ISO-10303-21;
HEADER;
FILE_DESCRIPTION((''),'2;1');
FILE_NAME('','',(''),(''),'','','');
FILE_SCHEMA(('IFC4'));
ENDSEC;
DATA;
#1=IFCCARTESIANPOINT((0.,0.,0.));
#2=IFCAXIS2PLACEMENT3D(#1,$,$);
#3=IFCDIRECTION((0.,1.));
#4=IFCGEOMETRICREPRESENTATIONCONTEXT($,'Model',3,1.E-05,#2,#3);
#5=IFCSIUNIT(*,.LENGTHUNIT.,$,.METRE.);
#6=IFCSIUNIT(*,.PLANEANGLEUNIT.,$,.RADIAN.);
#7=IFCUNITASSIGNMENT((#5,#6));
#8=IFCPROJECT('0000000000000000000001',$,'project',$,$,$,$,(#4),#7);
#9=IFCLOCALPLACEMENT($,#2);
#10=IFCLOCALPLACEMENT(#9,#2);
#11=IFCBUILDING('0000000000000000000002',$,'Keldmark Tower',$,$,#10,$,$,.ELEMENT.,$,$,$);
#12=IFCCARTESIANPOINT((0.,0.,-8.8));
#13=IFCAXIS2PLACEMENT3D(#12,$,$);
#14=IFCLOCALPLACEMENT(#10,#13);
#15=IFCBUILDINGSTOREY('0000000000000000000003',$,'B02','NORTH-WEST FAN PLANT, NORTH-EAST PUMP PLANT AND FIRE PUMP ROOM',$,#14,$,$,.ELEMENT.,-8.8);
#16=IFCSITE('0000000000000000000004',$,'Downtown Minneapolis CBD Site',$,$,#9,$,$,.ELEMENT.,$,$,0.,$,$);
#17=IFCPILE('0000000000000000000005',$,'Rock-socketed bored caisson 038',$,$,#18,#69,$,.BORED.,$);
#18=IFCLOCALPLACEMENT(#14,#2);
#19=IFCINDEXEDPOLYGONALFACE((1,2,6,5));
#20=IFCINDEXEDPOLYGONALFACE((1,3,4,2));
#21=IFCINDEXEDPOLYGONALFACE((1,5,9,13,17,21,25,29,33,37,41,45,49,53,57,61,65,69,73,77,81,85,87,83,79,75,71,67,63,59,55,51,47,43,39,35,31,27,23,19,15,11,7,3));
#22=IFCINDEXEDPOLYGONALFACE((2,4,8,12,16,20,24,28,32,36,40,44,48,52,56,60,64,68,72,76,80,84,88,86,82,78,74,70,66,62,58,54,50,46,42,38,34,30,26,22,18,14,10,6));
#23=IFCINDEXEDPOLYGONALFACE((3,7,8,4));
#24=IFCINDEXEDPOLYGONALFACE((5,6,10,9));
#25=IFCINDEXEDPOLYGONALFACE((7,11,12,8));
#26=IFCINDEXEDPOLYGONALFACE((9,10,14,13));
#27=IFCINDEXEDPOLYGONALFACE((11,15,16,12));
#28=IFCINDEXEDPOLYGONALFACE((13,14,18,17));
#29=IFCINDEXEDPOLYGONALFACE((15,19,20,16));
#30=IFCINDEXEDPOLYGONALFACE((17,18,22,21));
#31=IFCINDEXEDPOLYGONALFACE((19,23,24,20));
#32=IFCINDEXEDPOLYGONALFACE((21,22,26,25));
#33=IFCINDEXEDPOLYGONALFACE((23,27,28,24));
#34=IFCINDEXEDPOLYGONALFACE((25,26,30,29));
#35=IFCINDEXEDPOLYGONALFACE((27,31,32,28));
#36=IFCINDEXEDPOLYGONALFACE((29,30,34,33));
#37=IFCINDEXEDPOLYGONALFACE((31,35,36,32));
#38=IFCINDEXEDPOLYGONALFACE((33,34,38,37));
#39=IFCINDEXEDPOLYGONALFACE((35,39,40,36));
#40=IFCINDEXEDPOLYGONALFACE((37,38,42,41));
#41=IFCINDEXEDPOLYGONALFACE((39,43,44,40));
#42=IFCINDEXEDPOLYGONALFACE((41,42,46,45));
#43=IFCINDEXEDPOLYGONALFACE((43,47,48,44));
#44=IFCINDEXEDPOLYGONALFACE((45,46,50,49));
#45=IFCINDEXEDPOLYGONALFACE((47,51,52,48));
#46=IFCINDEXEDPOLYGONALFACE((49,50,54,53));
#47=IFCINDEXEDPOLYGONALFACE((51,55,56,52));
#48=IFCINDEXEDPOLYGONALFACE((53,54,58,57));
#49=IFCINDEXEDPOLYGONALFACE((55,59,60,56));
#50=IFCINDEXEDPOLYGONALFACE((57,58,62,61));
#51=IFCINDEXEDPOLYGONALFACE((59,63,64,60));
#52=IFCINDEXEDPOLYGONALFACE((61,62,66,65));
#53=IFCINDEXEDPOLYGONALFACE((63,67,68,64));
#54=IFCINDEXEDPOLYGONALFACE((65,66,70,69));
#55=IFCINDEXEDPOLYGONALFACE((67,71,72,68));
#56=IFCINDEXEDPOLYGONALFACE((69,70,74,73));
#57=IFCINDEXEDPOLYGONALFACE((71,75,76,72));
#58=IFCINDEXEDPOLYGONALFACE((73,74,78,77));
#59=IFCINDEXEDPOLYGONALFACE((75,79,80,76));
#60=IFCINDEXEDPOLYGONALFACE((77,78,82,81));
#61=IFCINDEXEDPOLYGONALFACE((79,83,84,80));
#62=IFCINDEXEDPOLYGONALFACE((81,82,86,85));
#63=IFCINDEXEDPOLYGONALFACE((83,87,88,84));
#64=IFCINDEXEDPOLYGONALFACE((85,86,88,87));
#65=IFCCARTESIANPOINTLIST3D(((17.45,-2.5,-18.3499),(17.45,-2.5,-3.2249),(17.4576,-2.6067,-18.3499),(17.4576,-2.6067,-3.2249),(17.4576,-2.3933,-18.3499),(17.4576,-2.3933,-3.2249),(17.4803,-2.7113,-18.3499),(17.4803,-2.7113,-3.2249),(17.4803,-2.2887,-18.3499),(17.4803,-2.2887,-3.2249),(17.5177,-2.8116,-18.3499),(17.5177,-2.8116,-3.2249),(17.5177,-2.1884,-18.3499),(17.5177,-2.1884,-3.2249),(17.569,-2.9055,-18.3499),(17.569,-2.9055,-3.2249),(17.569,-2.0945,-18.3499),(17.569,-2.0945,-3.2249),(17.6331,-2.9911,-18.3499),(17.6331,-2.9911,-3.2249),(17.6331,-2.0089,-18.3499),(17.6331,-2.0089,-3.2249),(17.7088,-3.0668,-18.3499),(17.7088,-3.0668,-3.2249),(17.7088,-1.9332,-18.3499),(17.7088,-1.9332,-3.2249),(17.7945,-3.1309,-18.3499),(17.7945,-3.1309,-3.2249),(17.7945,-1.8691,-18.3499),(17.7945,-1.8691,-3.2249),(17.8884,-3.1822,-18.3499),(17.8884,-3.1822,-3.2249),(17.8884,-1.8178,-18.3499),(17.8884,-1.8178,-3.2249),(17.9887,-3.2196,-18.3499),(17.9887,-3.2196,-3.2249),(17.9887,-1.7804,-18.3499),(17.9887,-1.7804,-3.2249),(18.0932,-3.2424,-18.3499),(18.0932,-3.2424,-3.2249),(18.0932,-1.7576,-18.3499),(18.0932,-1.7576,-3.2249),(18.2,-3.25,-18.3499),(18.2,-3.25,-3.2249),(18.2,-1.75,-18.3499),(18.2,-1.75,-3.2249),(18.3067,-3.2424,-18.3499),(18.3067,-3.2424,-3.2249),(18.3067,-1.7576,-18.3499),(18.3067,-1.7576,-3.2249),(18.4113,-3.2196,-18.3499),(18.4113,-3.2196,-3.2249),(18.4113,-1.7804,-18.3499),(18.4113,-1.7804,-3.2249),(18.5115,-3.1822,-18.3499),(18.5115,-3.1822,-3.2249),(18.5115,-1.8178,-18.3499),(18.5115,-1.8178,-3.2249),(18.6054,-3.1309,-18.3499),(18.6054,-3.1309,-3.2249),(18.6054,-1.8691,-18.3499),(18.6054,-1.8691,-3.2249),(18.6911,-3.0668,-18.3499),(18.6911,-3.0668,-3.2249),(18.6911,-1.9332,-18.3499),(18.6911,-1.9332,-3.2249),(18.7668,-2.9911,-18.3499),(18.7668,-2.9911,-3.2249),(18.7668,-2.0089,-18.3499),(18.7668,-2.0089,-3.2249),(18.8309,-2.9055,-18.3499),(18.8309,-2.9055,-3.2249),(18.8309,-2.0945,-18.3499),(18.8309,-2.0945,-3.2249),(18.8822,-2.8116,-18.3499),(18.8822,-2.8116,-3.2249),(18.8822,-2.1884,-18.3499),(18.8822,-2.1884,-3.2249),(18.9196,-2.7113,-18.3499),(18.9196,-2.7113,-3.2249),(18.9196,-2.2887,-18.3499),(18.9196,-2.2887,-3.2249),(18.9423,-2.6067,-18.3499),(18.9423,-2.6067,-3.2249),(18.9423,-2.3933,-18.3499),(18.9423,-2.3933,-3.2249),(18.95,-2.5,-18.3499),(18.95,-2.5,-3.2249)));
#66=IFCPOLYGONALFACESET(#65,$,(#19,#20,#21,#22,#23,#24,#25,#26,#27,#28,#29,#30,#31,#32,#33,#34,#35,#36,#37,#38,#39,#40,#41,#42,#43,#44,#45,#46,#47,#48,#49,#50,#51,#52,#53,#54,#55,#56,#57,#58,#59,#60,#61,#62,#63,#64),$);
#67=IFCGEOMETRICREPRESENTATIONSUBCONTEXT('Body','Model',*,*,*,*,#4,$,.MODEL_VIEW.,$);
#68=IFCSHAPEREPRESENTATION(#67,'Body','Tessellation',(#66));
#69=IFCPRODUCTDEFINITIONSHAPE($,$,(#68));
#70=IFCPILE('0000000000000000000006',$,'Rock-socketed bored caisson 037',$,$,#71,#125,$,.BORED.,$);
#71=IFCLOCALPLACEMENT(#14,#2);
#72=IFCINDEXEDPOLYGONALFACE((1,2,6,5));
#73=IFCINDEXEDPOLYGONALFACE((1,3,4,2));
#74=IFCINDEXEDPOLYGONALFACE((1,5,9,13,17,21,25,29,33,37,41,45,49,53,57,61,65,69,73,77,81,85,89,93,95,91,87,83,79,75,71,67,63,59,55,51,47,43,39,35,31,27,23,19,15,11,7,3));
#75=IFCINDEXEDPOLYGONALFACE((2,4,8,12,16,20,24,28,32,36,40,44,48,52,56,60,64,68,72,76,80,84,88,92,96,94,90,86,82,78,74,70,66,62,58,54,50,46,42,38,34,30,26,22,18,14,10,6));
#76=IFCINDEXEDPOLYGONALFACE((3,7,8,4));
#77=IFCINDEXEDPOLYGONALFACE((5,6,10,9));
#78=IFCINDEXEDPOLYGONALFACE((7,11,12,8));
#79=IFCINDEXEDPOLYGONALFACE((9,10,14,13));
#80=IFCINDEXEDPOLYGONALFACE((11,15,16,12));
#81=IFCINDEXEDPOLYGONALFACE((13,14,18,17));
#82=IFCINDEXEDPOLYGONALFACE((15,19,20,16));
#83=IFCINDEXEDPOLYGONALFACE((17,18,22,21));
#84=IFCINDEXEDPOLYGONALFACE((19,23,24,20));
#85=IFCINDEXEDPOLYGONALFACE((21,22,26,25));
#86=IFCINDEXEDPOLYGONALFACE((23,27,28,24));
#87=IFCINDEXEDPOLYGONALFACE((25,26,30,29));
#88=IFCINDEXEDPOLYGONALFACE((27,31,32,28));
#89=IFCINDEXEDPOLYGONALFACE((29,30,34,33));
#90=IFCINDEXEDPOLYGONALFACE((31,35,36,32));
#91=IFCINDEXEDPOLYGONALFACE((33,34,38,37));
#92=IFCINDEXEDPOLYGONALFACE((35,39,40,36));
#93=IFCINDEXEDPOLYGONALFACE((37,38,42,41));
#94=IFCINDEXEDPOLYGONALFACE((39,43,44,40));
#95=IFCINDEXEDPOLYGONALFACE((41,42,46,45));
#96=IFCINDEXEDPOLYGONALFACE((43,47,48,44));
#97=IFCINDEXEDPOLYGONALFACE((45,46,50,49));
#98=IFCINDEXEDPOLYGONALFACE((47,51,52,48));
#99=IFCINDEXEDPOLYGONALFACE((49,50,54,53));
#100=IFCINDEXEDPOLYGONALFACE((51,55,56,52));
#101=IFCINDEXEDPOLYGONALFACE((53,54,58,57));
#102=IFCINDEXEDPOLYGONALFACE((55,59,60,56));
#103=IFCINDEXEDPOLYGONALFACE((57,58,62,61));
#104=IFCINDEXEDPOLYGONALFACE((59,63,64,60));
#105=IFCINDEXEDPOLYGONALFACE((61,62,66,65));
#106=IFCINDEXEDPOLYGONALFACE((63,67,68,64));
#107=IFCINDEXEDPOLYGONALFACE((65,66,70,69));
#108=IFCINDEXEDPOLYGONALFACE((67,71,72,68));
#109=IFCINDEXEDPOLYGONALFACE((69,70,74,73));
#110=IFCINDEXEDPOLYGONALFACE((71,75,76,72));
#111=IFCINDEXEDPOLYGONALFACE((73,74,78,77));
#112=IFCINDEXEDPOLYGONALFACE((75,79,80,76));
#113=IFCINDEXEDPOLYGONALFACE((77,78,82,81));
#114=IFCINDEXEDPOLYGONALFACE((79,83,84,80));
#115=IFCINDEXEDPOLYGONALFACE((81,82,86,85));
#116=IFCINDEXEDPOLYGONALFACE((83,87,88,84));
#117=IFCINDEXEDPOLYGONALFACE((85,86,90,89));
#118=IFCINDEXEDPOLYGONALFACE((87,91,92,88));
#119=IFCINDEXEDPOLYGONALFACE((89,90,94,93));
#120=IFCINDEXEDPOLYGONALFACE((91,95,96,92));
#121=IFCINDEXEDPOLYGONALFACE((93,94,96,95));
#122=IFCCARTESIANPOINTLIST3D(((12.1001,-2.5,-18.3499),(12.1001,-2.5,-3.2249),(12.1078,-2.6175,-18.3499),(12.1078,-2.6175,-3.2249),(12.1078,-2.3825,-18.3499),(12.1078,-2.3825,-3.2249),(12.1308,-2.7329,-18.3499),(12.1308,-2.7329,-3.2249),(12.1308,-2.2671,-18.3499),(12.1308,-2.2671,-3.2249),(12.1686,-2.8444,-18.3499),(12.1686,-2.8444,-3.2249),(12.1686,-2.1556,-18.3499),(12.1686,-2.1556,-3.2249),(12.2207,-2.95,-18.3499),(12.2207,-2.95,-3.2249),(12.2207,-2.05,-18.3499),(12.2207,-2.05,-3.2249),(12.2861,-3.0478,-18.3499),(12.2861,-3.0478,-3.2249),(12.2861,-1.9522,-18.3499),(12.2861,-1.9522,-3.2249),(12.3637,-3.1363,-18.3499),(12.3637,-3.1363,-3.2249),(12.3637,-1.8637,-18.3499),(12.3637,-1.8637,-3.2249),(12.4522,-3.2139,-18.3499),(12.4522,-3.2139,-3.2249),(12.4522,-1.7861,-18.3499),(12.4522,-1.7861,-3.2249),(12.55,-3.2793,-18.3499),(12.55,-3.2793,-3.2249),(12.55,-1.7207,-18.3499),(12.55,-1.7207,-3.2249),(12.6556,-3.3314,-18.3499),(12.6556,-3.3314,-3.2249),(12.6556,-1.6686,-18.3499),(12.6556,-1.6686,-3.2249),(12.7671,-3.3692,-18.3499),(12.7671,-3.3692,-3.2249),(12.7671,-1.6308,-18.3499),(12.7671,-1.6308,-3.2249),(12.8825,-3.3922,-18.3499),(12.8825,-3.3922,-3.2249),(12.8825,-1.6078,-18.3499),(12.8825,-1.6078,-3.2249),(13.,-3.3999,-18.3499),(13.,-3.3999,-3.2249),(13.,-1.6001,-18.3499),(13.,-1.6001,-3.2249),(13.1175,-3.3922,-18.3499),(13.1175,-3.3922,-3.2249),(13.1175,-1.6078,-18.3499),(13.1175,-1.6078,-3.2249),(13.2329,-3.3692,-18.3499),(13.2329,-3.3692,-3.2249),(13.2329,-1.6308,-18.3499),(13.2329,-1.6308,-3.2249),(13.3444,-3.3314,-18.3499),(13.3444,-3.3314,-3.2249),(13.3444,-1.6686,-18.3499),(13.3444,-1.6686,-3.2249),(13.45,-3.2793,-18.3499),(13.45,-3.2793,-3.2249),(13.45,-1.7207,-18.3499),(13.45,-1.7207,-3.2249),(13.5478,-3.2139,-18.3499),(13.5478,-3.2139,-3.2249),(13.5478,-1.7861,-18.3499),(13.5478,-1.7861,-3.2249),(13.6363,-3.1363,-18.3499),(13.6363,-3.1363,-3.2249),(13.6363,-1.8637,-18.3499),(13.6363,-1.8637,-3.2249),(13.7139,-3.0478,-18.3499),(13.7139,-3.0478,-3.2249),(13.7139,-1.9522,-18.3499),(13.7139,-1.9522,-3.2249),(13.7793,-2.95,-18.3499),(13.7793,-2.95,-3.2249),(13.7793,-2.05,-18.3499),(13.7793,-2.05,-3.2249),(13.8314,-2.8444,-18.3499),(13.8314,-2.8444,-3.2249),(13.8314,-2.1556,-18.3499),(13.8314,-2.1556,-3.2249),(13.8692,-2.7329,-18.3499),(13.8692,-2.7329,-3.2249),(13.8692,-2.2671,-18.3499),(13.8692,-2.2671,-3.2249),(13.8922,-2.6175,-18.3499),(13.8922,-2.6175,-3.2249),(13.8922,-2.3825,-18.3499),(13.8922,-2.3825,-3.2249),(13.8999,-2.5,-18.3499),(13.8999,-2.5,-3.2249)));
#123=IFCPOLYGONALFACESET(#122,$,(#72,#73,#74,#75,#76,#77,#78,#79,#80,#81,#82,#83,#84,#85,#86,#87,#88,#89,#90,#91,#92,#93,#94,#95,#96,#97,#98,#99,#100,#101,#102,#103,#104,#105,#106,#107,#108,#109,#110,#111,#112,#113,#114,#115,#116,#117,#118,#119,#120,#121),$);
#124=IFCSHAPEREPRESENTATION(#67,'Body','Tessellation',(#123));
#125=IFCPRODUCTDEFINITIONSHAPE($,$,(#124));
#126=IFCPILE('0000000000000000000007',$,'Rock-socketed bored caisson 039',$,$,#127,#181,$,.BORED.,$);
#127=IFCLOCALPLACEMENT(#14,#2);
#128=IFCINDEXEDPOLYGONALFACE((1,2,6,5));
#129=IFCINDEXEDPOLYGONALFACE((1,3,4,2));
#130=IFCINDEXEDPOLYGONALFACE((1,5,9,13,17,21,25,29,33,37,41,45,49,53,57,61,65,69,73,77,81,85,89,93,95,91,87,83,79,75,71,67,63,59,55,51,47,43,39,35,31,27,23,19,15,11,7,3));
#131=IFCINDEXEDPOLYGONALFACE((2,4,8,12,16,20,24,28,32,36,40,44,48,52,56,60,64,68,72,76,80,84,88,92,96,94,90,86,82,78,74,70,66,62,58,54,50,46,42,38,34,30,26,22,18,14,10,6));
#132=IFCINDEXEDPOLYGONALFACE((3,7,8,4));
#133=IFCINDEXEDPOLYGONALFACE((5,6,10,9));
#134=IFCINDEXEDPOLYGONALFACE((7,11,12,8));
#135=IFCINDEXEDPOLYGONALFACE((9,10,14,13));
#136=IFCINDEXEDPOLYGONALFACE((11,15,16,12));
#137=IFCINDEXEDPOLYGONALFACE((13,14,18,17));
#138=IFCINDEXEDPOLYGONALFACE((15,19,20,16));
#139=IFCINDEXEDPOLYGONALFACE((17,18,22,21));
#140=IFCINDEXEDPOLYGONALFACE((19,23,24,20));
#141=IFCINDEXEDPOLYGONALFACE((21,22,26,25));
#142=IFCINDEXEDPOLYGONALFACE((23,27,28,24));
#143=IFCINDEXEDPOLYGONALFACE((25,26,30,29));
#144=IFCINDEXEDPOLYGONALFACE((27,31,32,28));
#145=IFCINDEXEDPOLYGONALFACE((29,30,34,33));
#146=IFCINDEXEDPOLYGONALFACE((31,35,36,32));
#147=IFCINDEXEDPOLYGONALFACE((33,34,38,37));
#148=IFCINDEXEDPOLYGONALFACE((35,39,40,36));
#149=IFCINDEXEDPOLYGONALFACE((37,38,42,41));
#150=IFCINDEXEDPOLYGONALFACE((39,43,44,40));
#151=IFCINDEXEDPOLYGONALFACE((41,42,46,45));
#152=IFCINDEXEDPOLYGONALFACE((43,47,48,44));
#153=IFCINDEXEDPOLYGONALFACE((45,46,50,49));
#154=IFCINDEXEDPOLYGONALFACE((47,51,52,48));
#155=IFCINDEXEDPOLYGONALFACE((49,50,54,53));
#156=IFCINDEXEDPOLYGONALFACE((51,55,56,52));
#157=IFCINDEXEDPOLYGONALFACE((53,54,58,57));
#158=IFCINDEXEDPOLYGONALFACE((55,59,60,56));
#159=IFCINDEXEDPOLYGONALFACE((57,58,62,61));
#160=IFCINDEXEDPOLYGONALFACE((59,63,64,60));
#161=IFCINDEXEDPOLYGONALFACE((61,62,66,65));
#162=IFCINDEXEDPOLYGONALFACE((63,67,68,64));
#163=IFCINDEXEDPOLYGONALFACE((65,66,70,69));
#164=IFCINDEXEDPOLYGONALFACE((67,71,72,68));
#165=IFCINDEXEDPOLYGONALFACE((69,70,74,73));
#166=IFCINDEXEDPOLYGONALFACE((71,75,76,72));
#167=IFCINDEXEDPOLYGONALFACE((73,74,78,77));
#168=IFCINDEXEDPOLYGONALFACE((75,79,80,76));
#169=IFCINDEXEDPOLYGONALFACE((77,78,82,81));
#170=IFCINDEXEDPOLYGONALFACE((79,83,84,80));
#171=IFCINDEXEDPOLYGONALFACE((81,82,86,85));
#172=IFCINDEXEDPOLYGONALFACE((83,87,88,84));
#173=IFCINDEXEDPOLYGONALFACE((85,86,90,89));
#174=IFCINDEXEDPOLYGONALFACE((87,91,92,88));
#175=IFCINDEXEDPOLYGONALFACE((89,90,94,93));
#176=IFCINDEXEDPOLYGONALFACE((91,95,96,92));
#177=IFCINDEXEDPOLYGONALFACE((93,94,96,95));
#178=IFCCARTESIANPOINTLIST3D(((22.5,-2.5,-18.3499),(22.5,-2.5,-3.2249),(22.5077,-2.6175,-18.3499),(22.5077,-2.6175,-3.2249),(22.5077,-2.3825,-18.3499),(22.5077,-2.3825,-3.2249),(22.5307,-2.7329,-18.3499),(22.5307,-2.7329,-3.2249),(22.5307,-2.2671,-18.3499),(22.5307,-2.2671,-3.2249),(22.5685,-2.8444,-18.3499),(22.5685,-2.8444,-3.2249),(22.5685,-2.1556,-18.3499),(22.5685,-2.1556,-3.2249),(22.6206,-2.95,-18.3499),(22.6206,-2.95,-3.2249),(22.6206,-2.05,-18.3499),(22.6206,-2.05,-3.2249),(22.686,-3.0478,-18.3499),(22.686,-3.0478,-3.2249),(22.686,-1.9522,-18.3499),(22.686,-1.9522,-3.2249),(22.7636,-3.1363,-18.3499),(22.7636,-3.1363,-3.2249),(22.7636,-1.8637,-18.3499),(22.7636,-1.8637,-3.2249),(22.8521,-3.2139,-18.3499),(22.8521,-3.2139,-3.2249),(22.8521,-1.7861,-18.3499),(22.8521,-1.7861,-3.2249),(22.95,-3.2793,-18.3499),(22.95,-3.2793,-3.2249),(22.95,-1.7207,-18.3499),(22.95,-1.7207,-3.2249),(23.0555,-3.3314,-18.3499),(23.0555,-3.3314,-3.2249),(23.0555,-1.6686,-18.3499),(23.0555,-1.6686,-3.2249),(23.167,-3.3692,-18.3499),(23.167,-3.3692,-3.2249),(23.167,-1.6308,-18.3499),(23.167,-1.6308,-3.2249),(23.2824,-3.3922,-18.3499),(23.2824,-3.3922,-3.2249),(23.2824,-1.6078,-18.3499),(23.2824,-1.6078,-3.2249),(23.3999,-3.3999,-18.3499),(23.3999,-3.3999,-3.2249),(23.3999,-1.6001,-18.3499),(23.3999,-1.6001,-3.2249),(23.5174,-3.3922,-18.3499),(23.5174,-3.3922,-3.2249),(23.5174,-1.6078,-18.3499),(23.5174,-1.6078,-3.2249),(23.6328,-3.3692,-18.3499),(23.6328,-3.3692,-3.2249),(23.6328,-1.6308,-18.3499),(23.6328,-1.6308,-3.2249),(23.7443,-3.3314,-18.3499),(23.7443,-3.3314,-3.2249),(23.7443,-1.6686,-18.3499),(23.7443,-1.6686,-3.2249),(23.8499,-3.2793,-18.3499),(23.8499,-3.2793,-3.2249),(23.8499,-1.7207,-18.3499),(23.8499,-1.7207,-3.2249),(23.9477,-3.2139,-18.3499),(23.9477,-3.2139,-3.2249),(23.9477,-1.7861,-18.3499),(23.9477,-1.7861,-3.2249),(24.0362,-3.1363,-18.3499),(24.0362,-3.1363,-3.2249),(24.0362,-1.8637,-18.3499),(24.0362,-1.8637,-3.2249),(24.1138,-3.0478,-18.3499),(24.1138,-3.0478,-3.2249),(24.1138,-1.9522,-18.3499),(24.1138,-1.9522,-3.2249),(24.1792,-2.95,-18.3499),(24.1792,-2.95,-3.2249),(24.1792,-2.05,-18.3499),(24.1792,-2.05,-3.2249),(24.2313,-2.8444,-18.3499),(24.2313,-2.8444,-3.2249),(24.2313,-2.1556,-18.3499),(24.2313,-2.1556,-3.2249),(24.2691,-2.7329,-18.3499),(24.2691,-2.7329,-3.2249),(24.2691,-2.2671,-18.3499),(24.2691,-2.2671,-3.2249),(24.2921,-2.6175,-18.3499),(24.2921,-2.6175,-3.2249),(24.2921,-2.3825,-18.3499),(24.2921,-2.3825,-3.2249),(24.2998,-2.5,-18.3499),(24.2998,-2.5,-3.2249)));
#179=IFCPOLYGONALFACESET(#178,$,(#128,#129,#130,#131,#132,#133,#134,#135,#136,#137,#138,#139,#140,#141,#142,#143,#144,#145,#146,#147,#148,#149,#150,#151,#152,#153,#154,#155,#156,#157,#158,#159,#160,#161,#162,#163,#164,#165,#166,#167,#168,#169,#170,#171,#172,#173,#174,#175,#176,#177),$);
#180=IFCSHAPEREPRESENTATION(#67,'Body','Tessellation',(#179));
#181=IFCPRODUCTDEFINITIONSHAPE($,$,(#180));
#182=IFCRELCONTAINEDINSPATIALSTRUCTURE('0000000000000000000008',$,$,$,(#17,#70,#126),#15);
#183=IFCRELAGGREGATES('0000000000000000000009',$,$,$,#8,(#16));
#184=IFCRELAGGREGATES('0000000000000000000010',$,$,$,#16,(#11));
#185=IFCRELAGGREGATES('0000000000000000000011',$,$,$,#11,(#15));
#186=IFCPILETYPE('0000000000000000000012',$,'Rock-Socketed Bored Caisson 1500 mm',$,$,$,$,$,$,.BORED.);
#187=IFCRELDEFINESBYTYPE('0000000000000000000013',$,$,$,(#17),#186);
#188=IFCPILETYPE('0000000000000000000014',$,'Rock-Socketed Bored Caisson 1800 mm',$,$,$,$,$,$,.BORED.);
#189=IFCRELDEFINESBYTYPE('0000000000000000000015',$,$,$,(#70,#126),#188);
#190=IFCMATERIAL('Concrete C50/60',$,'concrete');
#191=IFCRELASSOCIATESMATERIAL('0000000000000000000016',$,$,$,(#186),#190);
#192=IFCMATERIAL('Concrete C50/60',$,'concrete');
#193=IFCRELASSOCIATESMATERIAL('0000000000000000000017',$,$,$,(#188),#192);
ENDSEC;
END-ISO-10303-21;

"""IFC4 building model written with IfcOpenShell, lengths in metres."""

from ifc_helpers import new_model, si_unit, direction, frame, origin, origin_2d, place, context, subcontext, project, spatial, circle, extrude, material, material_profile, profile_set, type_object, element, save


model = new_model("IFC4")

# Units and contexts
model_context = context("Model", 3, precision=1e-05, world=origin(), true_north=direction((0.0, 1.0)))
body_context = subcontext(model_context, "Body", "Model", "MODEL_VIEW")
ifc_project = project(units=[si_unit("LENGTHUNIT", "METRE"), si_unit("PLANEANGLEUNIT", "RADIAN")], contexts=[model_context])

# Site, building, storey
site_placement = place(None, origin())
site = spatial("IfcSite", under=ifc_project, at=site_placement, Name="Downtown Minneapolis CBD Site", CompositionType="ELEMENT", RefElevation=0.0)
building_placement = place(site_placement, origin())
building = spatial("IfcBuilding", under=site, at=building_placement, Name="Keldmark Tower", CompositionType="ELEMENT")
storey_placement = place(building_placement, frame((0.0, 0.0, -8.8)))
storey = spatial("IfcBuildingStorey", under=building, at=storey_placement, Name="B02", Description="NORTH-WEST FAN PLANT, NORTH-EAST PUMP PLANT AND FIRE PUMP ROOM", CompositionType="ELEMENT", Elevation=-8.8)

# Piles
ifc_material_1 = material(Name="Concrete C50/60", Category="concrete")
ifc_material_profile_1 = material_profile(ifc_material_1, circle(Radius=0.75, at=origin_2d()), Name="CAISSON1500")
ifc_profile_set_1 = profile_set([ifc_material_profile_1], Name="Concrete C50/60")
pile_type_1 = type_object("IfcPileType", Name="Rock-Socketed Bored Caisson 1500 mm", PredefinedType="BORED", material=ifc_profile_set_1)
pile_placement = place(storey_placement, frame((18.2, -2.5, -3.2249), z_axis=(0.0, 0.0, -1.0), x_axis=(1.0, 0.0, 0.0)))
element("IfcPile", 1, at=pile_placement, inside=storey, type_object=pile_type_1, Name="Rock-socketed bored caisson 038", PredefinedType="BORED", context=body_context, shape_type="SweptSolid", body=[
    extrude(circle(Radius=0.75, at=origin_2d()), origin(), (0.0, 0.0, 1.0), 15.125),
])
ifc_material_2 = material(Name="Concrete C50/60", Category="concrete")
ifc_material_profile_2 = material_profile(ifc_material_2, circle(Radius=0.8999, at=origin_2d()), Name="CAISSON1800")
ifc_profile_set_2 = profile_set([ifc_material_profile_2], Name="Concrete C50/60")
pile_type_2 = type_object("IfcPileType", Name="Rock-Socketed Bored Caisson 1800 mm", PredefinedType="BORED", material=ifc_profile_set_2)
for number, where, z_axis, x_axis, name in (
    (2, (13.0, -2.5, -3.2249), (0.0, 0.0, -1.0), (1.0, 0.0, 0.0), "Rock-socketed bored caisson 037"),
    (3, (23.3999, -2.5, -3.2249), (0.0, 0.0, -1.0), (1.0, 0.0, 0.0), "Rock-socketed bored caisson 039"),
):
    element("IfcPile", number, at=place(storey_placement, frame(where, z_axis=z_axis, x_axis=x_axis)), inside=storey, type_object=pile_type_2, Name=name, PredefinedType="BORED", context=body_context, shape_type="SweptSolid", body=[
        extrude(circle(Radius=0.8999, at=origin_2d()), origin(), (0.0, 0.0, 1.0), 15.125),
    ])

save(model, "model.ifc")
